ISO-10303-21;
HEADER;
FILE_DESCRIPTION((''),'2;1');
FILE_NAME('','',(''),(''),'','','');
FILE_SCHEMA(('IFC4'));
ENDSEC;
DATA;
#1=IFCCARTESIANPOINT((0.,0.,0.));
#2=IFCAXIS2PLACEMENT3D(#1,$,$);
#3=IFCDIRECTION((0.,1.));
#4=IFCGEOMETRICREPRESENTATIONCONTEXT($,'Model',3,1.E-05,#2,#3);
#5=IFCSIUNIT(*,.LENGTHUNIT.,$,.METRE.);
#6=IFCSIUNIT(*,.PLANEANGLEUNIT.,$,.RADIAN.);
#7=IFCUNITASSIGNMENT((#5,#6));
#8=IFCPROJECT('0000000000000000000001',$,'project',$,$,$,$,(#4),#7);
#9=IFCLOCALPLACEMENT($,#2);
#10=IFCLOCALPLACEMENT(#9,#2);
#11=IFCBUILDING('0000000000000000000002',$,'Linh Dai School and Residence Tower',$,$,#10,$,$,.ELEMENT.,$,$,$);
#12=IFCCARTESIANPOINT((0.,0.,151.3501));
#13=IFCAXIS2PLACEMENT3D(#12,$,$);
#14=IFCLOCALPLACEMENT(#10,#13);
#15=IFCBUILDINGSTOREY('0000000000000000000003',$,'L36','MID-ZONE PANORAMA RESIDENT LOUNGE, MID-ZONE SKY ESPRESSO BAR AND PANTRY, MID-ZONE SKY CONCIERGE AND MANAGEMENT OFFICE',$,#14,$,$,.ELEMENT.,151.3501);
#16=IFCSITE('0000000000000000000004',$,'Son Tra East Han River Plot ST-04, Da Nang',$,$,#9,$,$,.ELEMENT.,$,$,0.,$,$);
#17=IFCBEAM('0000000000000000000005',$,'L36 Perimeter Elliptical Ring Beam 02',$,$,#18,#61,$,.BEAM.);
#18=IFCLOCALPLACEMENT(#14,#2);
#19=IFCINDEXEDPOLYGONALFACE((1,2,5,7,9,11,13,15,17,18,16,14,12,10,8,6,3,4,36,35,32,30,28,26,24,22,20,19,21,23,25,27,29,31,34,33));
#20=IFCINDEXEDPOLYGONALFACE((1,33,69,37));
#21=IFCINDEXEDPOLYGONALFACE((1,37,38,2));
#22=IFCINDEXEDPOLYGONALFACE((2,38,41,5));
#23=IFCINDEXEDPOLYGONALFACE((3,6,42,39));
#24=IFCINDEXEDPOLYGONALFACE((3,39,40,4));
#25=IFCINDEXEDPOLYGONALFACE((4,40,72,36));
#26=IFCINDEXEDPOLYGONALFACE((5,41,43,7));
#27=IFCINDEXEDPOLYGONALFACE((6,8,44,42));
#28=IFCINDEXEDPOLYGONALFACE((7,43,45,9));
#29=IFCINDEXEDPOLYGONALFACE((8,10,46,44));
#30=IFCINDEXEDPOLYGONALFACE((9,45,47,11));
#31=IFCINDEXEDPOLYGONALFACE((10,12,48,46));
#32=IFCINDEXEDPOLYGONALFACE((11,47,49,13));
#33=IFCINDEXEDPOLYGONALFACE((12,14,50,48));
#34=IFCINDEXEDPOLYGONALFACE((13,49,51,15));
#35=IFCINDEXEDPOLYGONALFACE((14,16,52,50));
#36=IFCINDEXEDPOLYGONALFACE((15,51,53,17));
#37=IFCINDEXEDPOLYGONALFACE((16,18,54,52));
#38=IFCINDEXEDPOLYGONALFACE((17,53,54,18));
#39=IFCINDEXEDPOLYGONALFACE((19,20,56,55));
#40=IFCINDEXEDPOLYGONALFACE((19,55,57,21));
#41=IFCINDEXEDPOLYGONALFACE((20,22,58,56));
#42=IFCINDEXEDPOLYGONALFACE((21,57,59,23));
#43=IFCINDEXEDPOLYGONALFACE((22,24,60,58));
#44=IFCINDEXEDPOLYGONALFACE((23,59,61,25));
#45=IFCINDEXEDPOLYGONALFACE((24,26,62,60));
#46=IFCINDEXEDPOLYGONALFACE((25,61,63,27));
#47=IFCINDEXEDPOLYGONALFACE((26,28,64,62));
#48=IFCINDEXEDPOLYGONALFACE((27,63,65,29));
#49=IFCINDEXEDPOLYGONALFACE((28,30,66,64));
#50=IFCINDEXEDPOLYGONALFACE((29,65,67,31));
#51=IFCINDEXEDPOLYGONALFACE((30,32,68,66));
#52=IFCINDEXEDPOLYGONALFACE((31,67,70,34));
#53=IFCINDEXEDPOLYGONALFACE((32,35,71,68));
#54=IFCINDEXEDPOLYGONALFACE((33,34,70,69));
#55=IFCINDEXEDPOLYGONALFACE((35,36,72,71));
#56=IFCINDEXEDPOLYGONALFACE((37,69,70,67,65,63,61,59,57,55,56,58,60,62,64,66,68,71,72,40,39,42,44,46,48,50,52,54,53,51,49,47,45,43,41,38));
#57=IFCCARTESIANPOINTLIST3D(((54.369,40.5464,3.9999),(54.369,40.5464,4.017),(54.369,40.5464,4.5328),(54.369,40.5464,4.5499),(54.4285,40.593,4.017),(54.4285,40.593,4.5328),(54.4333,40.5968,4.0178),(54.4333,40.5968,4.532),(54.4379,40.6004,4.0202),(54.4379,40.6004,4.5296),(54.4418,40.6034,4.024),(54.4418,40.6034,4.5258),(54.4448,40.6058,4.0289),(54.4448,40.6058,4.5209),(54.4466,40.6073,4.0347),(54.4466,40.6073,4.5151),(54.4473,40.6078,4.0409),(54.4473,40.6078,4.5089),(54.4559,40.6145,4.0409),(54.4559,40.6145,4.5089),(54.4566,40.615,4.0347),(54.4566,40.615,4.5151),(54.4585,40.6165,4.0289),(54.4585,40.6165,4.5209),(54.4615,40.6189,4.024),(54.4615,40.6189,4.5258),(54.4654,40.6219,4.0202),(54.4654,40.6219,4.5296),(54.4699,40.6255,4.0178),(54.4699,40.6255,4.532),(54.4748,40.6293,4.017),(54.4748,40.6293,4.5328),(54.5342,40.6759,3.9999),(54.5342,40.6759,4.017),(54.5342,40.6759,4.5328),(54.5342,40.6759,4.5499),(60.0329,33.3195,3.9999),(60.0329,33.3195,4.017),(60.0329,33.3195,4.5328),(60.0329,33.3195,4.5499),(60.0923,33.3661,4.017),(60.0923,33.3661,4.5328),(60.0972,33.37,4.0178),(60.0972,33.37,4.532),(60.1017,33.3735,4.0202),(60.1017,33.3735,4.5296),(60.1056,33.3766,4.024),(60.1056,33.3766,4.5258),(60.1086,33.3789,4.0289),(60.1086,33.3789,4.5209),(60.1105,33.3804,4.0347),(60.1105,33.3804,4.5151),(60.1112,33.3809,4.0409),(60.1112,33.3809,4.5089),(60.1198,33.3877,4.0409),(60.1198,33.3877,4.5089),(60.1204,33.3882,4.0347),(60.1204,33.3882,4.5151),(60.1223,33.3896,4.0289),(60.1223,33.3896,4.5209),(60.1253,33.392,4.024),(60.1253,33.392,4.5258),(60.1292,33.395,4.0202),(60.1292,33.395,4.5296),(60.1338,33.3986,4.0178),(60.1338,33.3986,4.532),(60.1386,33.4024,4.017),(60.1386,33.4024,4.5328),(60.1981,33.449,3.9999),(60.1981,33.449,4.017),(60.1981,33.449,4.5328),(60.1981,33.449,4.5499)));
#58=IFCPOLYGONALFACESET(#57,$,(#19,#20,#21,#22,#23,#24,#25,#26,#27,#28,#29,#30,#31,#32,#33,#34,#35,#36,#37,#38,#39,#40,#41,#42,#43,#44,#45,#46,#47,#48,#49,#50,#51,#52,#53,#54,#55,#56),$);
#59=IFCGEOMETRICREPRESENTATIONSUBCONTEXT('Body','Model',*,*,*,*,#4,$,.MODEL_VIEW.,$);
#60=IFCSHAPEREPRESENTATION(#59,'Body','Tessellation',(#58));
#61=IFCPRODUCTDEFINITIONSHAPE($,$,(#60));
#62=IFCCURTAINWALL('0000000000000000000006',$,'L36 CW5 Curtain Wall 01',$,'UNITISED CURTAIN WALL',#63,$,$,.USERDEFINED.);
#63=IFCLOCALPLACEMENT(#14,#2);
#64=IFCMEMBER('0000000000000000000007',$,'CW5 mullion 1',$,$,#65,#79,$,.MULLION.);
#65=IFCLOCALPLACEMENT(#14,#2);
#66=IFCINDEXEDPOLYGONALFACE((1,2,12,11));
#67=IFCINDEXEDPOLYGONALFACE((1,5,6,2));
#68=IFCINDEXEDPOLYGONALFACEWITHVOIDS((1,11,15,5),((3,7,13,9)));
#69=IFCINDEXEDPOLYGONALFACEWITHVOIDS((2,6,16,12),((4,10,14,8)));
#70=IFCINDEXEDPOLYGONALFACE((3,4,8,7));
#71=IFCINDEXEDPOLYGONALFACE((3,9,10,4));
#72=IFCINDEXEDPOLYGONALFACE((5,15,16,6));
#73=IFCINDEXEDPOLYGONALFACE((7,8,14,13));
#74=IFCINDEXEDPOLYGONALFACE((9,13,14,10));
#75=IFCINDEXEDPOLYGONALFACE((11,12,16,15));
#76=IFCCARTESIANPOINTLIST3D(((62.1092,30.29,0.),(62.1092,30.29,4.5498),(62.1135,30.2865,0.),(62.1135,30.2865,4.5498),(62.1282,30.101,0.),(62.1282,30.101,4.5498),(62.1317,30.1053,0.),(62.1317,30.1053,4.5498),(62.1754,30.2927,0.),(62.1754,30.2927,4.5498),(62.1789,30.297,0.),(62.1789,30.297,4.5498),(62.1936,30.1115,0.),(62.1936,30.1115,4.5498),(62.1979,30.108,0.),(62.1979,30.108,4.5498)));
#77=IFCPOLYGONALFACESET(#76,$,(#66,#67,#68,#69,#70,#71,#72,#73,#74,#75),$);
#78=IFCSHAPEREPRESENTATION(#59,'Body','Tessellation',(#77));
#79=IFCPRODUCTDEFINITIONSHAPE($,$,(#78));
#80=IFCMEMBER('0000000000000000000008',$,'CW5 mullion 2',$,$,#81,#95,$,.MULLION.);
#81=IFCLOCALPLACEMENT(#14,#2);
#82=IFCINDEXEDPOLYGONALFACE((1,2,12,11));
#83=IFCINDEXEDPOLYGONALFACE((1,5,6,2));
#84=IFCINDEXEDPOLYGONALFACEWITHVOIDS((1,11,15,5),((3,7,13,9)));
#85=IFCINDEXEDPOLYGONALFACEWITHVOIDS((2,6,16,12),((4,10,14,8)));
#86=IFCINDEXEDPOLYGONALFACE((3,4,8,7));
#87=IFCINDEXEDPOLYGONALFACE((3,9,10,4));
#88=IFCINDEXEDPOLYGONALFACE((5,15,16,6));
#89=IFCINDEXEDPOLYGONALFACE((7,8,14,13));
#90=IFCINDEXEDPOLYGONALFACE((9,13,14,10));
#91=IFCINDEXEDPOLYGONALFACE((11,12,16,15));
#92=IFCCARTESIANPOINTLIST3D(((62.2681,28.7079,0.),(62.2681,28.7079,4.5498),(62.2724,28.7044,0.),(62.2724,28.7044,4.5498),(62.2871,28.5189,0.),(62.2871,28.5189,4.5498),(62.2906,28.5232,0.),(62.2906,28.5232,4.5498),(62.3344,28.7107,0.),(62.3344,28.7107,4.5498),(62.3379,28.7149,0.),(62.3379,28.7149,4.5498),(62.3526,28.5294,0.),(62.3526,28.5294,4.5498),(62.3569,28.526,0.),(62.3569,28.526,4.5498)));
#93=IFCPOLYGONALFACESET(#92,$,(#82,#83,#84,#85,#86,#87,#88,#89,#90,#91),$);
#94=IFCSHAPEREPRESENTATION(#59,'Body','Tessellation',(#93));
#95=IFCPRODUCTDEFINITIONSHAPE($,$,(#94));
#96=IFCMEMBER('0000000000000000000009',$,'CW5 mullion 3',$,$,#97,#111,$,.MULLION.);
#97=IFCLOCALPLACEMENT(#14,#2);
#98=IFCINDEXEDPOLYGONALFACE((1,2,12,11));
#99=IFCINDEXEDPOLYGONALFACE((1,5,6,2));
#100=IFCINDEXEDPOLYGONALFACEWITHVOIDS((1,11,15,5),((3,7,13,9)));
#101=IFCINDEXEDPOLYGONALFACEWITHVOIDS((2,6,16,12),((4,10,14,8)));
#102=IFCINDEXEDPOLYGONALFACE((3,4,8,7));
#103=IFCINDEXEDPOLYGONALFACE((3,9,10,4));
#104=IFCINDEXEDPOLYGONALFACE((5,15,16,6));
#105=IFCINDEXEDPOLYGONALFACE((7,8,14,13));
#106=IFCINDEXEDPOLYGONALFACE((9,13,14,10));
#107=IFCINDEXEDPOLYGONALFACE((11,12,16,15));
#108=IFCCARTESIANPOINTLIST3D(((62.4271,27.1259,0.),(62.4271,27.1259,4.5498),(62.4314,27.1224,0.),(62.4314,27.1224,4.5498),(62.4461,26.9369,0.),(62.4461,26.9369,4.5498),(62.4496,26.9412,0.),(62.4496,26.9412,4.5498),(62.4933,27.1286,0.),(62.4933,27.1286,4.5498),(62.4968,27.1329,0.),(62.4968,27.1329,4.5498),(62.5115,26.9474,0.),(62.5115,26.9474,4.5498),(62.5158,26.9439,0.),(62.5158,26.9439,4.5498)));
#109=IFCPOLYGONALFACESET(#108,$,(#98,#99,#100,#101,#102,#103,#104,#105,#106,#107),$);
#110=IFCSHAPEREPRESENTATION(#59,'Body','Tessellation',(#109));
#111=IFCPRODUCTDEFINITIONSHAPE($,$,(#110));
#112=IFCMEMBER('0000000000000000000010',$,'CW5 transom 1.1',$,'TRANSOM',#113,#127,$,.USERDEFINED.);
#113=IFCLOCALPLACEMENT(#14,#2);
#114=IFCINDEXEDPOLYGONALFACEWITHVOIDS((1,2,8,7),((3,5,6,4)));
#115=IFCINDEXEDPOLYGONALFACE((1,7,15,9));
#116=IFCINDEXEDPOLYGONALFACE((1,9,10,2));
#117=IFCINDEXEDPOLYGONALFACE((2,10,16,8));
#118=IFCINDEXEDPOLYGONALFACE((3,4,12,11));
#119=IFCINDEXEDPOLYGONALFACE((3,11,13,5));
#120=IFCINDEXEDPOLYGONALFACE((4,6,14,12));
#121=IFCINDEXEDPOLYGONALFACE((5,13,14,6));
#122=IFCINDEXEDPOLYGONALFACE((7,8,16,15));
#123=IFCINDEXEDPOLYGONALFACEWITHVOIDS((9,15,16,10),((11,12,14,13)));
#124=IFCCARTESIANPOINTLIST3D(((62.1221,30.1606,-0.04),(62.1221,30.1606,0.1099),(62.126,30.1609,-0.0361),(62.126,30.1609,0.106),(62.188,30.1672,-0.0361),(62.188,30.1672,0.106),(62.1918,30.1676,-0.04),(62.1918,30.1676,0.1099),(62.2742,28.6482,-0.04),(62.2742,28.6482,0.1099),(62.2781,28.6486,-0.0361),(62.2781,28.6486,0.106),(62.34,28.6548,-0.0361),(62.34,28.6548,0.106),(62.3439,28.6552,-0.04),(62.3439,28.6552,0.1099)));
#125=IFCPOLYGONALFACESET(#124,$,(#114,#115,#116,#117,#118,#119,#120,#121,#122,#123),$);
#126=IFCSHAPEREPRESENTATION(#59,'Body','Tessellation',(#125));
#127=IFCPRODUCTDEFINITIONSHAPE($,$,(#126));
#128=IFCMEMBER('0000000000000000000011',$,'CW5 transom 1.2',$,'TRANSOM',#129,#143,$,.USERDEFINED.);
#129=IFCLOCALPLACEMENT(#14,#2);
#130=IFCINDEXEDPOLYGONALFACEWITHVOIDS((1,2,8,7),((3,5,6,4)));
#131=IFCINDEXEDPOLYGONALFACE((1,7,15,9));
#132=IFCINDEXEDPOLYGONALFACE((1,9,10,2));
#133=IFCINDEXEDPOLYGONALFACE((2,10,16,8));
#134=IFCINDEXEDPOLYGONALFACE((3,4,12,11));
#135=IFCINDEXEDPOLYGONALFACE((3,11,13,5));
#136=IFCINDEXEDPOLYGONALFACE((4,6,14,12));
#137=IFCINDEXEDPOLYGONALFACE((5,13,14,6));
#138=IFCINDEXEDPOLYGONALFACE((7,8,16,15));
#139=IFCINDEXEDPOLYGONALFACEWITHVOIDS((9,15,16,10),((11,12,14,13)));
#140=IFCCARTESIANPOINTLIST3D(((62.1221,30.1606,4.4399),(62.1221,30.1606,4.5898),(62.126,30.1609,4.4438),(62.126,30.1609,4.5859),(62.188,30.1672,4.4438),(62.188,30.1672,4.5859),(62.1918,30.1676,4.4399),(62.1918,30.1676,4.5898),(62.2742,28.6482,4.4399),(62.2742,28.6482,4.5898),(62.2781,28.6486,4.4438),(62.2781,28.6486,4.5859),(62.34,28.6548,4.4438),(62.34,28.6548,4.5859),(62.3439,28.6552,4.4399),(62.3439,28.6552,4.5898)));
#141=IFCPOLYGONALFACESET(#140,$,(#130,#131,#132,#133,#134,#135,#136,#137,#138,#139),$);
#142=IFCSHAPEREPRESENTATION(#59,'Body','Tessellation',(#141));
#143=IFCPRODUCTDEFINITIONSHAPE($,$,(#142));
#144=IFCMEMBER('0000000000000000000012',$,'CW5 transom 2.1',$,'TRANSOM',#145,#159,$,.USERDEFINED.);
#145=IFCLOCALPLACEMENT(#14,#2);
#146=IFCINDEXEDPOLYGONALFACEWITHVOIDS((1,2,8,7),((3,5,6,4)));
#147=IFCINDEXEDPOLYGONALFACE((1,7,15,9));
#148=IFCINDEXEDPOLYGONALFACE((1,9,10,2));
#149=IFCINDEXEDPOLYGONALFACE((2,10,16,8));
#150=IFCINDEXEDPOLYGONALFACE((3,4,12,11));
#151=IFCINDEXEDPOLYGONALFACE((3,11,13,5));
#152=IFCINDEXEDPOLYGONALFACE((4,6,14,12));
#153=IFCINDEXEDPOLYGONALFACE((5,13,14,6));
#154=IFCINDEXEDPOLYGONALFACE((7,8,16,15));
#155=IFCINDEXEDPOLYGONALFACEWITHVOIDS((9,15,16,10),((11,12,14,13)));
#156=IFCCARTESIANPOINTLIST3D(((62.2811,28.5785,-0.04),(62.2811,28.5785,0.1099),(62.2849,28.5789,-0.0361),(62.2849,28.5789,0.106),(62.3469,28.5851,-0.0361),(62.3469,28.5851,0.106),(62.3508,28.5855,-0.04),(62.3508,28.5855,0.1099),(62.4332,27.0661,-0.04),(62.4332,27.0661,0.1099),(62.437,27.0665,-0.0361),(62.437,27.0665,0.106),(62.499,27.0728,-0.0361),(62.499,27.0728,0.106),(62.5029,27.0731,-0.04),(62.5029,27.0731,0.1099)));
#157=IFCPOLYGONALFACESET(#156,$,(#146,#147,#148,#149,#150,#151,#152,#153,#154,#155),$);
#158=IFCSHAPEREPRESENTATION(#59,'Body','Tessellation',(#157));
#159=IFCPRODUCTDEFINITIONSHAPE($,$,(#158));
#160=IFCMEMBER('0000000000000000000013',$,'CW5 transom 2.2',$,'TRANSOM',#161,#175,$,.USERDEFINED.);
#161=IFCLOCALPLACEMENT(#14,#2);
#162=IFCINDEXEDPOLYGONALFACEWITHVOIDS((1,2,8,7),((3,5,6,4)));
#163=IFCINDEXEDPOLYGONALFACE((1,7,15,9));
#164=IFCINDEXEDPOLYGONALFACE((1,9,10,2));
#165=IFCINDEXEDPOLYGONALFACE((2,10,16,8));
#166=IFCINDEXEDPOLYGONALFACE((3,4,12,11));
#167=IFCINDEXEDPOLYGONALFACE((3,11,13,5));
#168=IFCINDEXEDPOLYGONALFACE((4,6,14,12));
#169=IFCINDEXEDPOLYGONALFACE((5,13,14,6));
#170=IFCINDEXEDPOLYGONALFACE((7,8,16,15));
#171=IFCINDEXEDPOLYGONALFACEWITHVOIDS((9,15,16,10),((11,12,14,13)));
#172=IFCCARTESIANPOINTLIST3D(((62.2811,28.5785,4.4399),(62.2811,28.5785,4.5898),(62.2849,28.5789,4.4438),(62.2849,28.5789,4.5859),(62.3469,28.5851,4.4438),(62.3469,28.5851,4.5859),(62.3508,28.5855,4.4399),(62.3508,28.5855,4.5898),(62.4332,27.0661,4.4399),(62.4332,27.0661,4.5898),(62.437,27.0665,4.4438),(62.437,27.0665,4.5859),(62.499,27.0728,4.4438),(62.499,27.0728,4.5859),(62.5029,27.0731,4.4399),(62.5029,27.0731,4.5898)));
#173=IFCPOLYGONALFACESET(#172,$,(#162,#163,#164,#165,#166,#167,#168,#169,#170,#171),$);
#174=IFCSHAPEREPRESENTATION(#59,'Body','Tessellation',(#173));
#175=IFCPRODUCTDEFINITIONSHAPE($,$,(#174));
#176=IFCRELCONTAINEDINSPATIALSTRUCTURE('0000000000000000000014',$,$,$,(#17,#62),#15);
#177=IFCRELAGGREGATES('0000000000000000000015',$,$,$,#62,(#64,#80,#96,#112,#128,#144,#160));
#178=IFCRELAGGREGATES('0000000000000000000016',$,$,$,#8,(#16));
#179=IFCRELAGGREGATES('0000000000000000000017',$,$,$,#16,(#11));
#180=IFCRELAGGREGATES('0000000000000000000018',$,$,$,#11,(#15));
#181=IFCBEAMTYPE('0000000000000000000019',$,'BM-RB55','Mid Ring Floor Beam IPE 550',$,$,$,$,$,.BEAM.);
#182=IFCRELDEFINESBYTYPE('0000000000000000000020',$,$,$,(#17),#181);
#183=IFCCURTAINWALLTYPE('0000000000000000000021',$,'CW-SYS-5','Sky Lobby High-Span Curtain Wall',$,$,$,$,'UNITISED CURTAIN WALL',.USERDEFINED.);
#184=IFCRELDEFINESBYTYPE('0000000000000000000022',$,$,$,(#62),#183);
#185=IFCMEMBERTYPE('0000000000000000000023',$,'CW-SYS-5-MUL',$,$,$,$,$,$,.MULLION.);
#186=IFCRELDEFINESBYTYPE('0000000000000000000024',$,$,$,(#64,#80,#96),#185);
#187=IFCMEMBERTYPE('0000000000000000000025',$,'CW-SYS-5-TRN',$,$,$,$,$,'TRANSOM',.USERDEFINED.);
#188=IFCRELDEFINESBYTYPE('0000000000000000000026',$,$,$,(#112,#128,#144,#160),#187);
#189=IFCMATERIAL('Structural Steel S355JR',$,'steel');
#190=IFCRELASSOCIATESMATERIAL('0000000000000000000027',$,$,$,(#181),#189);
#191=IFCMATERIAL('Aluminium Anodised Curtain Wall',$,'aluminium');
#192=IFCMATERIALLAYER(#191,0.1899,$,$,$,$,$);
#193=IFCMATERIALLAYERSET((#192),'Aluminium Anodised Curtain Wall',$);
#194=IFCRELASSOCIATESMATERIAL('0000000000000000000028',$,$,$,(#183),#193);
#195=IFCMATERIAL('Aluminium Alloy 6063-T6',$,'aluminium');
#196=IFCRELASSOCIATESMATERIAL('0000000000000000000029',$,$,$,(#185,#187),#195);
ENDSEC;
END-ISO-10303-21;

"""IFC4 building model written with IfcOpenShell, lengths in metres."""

from ifc_helpers import new_model, si_unit, direction, frame, origin, origin_2d, place, context, subcontext, project, spatial, hollow_rectangle, i_section, extrude, source, transform, mapped, material, layer, layer_set, material_profile, profile_set, type_object, element, aggregate, save


model = new_model("IFC4")

# Units and contexts
model_context = context("Model", 3, precision=1e-05, world=origin(), true_north=direction((0.0, 1.0)))
body_context = subcontext(model_context, "Body", "Model", "MODEL_VIEW")
ifc_project = project(units=[si_unit("LENGTHUNIT", "METRE"), si_unit("PLANEANGLEUNIT", "RADIAN")], contexts=[model_context])

# Site, building, storey
site_placement = place(None, origin())
site = spatial("IfcSite", under=ifc_project, at=site_placement, Name="Son Tra East Han River Plot ST-04, Da Nang", CompositionType="ELEMENT", RefElevation=0.0)
building_placement = place(site_placement, origin())
building = spatial("IfcBuilding", under=site, at=building_placement, Name="Linh Dai School and Residence Tower", CompositionType="ELEMENT")
storey_placement = place(building_placement, frame((0.0, 0.0, 151.3501)))
storey = spatial("IfcBuildingStorey", under=building, at=storey_placement, Name="L36", Description="MID-ZONE PANORAMA RESIDENT LOUNGE, MID-ZONE SKY ESPRESSO BAR AND PANTRY, MID-ZONE SKY CONCIERGE AND MANAGEMENT OFFICE", CompositionType="ELEMENT", Elevation=151.3501)

# Shared definitions
ifc_material_1 = material(Name="Structural Steel S355JR", Category="steel")

# Beam
ifc_material_profile_1 = material_profile(ifc_material_1, i_section(OverallWidth=0.21, OverallDepth=0.55, WebThickness=0.011, FlangeThickness=0.0171, FilletRadius=0.0239, at=origin_2d()), Name="IPE 550")
ifc_profile_set_1 = profile_set([ifc_material_profile_1], Name="Structural Steel S355JR")
beam_type_1 = type_object("IfcBeamType", Name="BM-RB55", Description="Mid Ring Floor Beam IPE 550", PredefinedType="BEAM", material=ifc_profile_set_1)
beam_1_placement = place(storey_placement, frame((60.1155, 33.3843, 4.2749), z_axis=(-0.616852, 0.787079, 0.0), x_axis=(-0.787079, -0.616852, 0.0)))
element("IfcBeam", 1, at=beam_1_placement, inside=storey, type_object=beam_type_1, Name="L36 Perimeter Elliptical Ring Beam 02", PredefinedType="BEAM", context=body_context, shape_type="SweptSolid", body=[
    extrude(i_section(OverallWidth=0.21, OverallDepth=0.55, WebThickness=0.011, FlangeThickness=0.0171, FilletRadius=0.0239, at=origin_2d()), origin(), (0.0, 0.0, 1.0), 9.1819),
])

# Curtain wall, members
ifc_material_2 = material(Name="Aluminium Anodised Curtain Wall", Category="aluminium")
ifc_layer_1 = layer(ifc_material_2, 0.1899)
ifc_layer_set_1 = layer_set([ifc_layer_1], Name="Aluminium Anodised Curtain Wall")
curtain_wall_type = type_object("IfcCurtainWallType", Name="CW-SYS-5", Description="Sky Lobby High-Span Curtain Wall", ElementType="UNITISED CURTAIN WALL", PredefinedType="USERDEFINED", material=ifc_layer_set_1)
curtain_wall_placement = place(storey_placement, origin())
curtain_wall = element("IfcCurtainWall", 2, at=curtain_wall_placement, inside=storey, type_object=curtain_wall_type, Name="L36 CW5 Curtain Wall 01", ObjectType="UNITISED CURTAIN WALL", PredefinedType="USERDEFINED")
ifc_material_3 = material(Name="Aluminium Alloy 6063-T6", Category="aluminium")
ifc_material_profile_2 = material_profile(ifc_material_3, hollow_rectangle(XDim=0.0701, YDim=0.1899, WallThickness=0.0039, at=origin_2d()), Name="RHS 190x70x4")
ifc_profile_set_2 = profile_set([ifc_material_profile_2], Name="Aluminium Alloy 6063-T6")
member_type_1 = type_object("IfcMemberType", Name="CW-SYS-5-MUL", PredefinedType="MULLION", material=ifc_profile_set_2)
shared_shape_1 = source(origin(), body_context, "Body", "SweptSolid", [
    extrude(hollow_rectangle(XDim=0.0701, YDim=0.1899, WallThickness=0.0039, at=origin_2d()), origin(), (0.0, 0.0, 1.0), 4.5498),
])
member_1_placement = place(storey_placement, frame((62.1536, 30.199, 0.0), z_axis=(0.0, 0.0, 1.0), x_axis=(0.994987, 0.100002, 0.0)))
member_1 = element("IfcMember", 3, at=member_1_placement, type_object=member_type_1, Name="CW5 mullion 1", PredefinedType="MULLION", context=body_context, shape_type="MappedRepresentation", body=[
    mapped(shared_shape_1, transform((0.0, 0.0, 0.0), x_axis=(1.0, 0.0, 0.0), y_axis=(0.0, 1.0, 0.0), z_axis=(0.0, 0.0, 1.0), scale=1.0)),
])
member_2_placement = place(storey_placement, frame((62.3125, 28.6169, 0.0), z_axis=(0.0, 0.0, 1.0), x_axis=(0.994987, 0.100002, 0.0)))
member_2 = element("IfcMember", 4, at=member_2_placement, type_object=member_type_1, Name="CW5 mullion 2", PredefinedType="MULLION", context=body_context, shape_type="MappedRepresentation", body=[
    mapped(shared_shape_1, transform((0.0, 0.0, 0.0), x_axis=(1.0, 0.0, 0.0), y_axis=(0.0, 1.0, 0.0), z_axis=(0.0, 0.0, 1.0), scale=1.0)),
])
member_3_placement = place(storey_placement, frame((62.4714, 27.0349, 0.0), z_axis=(0.0, 0.0, 1.0), x_axis=(0.994987, 0.100002, 0.0)))
member_3 = element("IfcMember", 5, at=member_3_placement, type_object=member_type_1, Name="CW5 mullion 3", PredefinedType="MULLION", context=body_context, shape_type="MappedRepresentation", body=[
    mapped(shared_shape_1, transform((0.0, 0.0, 0.0), x_axis=(1.0, 0.0, 0.0), y_axis=(0.0, 1.0, 0.0), z_axis=(0.0, 0.0, 1.0), scale=1.0)),
])
ifc_material_profile_3 = material_profile(ifc_material_3, hollow_rectangle(XDim=0.0701, YDim=0.1499, WallThickness=0.0039, at=origin_2d()), Name="RHS 150x70x4")
ifc_profile_set_3 = profile_set([ifc_material_profile_3], Name="Aluminium Alloy 6063-T6")
member_type_2 = type_object("IfcMemberType", Name="CW-SYS-5-TRN", ElementType="TRANSOM", PredefinedType="USERDEFINED", material=ifc_profile_set_3)
shared_shape_2 = source(origin(), body_context, "Body", "SweptSolid", [
    extrude(hollow_rectangle(XDim=0.0701, YDim=0.1499, WallThickness=0.0039, at=origin_2d()), origin(), (0.0, 0.0, 1.0), 1.52),
])
member_4_placement = place(storey_placement, frame((62.157, 30.1641, 0.0349), z_axis=(0.10006, -0.994981, 0.0), x_axis=(0.994981, 0.10006, 0.0)))
member_4 = element("IfcMember", 6, at=member_4_placement, type_object=member_type_2, Name="CW5 transom 1.1", ObjectType="TRANSOM", PredefinedType="USERDEFINED", context=body_context, shape_type="MappedRepresentation", body=[
    mapped(shared_shape_2, transform((0.0, 0.0, 0.0), x_axis=(1.0, 0.0, 0.0), y_axis=(0.0, 1.0, 0.0), z_axis=(0.0, 0.0, 1.0), scale=1.0)),
])
member_5_placement = place(storey_placement, frame((62.157, 30.1641, 4.5149), z_axis=(0.10006, -0.994981, 0.0), x_axis=(0.994981, 0.10006, 0.0)))
member_5 = element("IfcMember", 7, at=member_5_placement, type_object=member_type_2, Name="CW5 transom 1.2", ObjectType="TRANSOM", PredefinedType="USERDEFINED", context=body_context, shape_type="MappedRepresentation", body=[
    mapped(shared_shape_2, transform((0.0, 0.0, 0.0), x_axis=(1.0, 0.0, 0.0), y_axis=(0.0, 1.0, 0.0), z_axis=(0.0, 0.0, 1.0), scale=1.0)),
])
member_6_placement = place(storey_placement, frame((62.3159, 28.582, 0.0349), z_axis=(0.10006, -0.994981, 0.0), x_axis=(0.994981, 0.10006, 0.0)))
member_6 = element("IfcMember", 8, at=member_6_placement, type_object=member_type_2, Name="CW5 transom 2.1", ObjectType="TRANSOM", PredefinedType="USERDEFINED", context=body_context, shape_type="MappedRepresentation", body=[
    mapped(shared_shape_2, transform((0.0, 0.0, 0.0), x_axis=(1.0, 0.0, 0.0), y_axis=(0.0, 1.0, 0.0), z_axis=(0.0, 0.0, 1.0), scale=1.0)),
])
member_7_placement = place(storey_placement, frame((62.3159, 28.582, 4.5149), z_axis=(0.10006, -0.994981, 0.0), x_axis=(0.994981, 0.10006, 0.0)))
member_7 = element("IfcMember", 9, at=member_7_placement, type_object=member_type_2, Name="CW5 transom 2.2", ObjectType="TRANSOM", PredefinedType="USERDEFINED", context=body_context, shape_type="MappedRepresentation", body=[
    mapped(shared_shape_2, transform((0.0, 0.0, 0.0), x_axis=(1.0, 0.0, 0.0), y_axis=(0.0, 1.0, 0.0), z_axis=(0.0, 0.0, 1.0), scale=1.0)),
])

aggregate(curtain_wall, [member_1, member_2, member_3, member_4, member_5, member_6, member_7])

save(model, "model.ifc")
